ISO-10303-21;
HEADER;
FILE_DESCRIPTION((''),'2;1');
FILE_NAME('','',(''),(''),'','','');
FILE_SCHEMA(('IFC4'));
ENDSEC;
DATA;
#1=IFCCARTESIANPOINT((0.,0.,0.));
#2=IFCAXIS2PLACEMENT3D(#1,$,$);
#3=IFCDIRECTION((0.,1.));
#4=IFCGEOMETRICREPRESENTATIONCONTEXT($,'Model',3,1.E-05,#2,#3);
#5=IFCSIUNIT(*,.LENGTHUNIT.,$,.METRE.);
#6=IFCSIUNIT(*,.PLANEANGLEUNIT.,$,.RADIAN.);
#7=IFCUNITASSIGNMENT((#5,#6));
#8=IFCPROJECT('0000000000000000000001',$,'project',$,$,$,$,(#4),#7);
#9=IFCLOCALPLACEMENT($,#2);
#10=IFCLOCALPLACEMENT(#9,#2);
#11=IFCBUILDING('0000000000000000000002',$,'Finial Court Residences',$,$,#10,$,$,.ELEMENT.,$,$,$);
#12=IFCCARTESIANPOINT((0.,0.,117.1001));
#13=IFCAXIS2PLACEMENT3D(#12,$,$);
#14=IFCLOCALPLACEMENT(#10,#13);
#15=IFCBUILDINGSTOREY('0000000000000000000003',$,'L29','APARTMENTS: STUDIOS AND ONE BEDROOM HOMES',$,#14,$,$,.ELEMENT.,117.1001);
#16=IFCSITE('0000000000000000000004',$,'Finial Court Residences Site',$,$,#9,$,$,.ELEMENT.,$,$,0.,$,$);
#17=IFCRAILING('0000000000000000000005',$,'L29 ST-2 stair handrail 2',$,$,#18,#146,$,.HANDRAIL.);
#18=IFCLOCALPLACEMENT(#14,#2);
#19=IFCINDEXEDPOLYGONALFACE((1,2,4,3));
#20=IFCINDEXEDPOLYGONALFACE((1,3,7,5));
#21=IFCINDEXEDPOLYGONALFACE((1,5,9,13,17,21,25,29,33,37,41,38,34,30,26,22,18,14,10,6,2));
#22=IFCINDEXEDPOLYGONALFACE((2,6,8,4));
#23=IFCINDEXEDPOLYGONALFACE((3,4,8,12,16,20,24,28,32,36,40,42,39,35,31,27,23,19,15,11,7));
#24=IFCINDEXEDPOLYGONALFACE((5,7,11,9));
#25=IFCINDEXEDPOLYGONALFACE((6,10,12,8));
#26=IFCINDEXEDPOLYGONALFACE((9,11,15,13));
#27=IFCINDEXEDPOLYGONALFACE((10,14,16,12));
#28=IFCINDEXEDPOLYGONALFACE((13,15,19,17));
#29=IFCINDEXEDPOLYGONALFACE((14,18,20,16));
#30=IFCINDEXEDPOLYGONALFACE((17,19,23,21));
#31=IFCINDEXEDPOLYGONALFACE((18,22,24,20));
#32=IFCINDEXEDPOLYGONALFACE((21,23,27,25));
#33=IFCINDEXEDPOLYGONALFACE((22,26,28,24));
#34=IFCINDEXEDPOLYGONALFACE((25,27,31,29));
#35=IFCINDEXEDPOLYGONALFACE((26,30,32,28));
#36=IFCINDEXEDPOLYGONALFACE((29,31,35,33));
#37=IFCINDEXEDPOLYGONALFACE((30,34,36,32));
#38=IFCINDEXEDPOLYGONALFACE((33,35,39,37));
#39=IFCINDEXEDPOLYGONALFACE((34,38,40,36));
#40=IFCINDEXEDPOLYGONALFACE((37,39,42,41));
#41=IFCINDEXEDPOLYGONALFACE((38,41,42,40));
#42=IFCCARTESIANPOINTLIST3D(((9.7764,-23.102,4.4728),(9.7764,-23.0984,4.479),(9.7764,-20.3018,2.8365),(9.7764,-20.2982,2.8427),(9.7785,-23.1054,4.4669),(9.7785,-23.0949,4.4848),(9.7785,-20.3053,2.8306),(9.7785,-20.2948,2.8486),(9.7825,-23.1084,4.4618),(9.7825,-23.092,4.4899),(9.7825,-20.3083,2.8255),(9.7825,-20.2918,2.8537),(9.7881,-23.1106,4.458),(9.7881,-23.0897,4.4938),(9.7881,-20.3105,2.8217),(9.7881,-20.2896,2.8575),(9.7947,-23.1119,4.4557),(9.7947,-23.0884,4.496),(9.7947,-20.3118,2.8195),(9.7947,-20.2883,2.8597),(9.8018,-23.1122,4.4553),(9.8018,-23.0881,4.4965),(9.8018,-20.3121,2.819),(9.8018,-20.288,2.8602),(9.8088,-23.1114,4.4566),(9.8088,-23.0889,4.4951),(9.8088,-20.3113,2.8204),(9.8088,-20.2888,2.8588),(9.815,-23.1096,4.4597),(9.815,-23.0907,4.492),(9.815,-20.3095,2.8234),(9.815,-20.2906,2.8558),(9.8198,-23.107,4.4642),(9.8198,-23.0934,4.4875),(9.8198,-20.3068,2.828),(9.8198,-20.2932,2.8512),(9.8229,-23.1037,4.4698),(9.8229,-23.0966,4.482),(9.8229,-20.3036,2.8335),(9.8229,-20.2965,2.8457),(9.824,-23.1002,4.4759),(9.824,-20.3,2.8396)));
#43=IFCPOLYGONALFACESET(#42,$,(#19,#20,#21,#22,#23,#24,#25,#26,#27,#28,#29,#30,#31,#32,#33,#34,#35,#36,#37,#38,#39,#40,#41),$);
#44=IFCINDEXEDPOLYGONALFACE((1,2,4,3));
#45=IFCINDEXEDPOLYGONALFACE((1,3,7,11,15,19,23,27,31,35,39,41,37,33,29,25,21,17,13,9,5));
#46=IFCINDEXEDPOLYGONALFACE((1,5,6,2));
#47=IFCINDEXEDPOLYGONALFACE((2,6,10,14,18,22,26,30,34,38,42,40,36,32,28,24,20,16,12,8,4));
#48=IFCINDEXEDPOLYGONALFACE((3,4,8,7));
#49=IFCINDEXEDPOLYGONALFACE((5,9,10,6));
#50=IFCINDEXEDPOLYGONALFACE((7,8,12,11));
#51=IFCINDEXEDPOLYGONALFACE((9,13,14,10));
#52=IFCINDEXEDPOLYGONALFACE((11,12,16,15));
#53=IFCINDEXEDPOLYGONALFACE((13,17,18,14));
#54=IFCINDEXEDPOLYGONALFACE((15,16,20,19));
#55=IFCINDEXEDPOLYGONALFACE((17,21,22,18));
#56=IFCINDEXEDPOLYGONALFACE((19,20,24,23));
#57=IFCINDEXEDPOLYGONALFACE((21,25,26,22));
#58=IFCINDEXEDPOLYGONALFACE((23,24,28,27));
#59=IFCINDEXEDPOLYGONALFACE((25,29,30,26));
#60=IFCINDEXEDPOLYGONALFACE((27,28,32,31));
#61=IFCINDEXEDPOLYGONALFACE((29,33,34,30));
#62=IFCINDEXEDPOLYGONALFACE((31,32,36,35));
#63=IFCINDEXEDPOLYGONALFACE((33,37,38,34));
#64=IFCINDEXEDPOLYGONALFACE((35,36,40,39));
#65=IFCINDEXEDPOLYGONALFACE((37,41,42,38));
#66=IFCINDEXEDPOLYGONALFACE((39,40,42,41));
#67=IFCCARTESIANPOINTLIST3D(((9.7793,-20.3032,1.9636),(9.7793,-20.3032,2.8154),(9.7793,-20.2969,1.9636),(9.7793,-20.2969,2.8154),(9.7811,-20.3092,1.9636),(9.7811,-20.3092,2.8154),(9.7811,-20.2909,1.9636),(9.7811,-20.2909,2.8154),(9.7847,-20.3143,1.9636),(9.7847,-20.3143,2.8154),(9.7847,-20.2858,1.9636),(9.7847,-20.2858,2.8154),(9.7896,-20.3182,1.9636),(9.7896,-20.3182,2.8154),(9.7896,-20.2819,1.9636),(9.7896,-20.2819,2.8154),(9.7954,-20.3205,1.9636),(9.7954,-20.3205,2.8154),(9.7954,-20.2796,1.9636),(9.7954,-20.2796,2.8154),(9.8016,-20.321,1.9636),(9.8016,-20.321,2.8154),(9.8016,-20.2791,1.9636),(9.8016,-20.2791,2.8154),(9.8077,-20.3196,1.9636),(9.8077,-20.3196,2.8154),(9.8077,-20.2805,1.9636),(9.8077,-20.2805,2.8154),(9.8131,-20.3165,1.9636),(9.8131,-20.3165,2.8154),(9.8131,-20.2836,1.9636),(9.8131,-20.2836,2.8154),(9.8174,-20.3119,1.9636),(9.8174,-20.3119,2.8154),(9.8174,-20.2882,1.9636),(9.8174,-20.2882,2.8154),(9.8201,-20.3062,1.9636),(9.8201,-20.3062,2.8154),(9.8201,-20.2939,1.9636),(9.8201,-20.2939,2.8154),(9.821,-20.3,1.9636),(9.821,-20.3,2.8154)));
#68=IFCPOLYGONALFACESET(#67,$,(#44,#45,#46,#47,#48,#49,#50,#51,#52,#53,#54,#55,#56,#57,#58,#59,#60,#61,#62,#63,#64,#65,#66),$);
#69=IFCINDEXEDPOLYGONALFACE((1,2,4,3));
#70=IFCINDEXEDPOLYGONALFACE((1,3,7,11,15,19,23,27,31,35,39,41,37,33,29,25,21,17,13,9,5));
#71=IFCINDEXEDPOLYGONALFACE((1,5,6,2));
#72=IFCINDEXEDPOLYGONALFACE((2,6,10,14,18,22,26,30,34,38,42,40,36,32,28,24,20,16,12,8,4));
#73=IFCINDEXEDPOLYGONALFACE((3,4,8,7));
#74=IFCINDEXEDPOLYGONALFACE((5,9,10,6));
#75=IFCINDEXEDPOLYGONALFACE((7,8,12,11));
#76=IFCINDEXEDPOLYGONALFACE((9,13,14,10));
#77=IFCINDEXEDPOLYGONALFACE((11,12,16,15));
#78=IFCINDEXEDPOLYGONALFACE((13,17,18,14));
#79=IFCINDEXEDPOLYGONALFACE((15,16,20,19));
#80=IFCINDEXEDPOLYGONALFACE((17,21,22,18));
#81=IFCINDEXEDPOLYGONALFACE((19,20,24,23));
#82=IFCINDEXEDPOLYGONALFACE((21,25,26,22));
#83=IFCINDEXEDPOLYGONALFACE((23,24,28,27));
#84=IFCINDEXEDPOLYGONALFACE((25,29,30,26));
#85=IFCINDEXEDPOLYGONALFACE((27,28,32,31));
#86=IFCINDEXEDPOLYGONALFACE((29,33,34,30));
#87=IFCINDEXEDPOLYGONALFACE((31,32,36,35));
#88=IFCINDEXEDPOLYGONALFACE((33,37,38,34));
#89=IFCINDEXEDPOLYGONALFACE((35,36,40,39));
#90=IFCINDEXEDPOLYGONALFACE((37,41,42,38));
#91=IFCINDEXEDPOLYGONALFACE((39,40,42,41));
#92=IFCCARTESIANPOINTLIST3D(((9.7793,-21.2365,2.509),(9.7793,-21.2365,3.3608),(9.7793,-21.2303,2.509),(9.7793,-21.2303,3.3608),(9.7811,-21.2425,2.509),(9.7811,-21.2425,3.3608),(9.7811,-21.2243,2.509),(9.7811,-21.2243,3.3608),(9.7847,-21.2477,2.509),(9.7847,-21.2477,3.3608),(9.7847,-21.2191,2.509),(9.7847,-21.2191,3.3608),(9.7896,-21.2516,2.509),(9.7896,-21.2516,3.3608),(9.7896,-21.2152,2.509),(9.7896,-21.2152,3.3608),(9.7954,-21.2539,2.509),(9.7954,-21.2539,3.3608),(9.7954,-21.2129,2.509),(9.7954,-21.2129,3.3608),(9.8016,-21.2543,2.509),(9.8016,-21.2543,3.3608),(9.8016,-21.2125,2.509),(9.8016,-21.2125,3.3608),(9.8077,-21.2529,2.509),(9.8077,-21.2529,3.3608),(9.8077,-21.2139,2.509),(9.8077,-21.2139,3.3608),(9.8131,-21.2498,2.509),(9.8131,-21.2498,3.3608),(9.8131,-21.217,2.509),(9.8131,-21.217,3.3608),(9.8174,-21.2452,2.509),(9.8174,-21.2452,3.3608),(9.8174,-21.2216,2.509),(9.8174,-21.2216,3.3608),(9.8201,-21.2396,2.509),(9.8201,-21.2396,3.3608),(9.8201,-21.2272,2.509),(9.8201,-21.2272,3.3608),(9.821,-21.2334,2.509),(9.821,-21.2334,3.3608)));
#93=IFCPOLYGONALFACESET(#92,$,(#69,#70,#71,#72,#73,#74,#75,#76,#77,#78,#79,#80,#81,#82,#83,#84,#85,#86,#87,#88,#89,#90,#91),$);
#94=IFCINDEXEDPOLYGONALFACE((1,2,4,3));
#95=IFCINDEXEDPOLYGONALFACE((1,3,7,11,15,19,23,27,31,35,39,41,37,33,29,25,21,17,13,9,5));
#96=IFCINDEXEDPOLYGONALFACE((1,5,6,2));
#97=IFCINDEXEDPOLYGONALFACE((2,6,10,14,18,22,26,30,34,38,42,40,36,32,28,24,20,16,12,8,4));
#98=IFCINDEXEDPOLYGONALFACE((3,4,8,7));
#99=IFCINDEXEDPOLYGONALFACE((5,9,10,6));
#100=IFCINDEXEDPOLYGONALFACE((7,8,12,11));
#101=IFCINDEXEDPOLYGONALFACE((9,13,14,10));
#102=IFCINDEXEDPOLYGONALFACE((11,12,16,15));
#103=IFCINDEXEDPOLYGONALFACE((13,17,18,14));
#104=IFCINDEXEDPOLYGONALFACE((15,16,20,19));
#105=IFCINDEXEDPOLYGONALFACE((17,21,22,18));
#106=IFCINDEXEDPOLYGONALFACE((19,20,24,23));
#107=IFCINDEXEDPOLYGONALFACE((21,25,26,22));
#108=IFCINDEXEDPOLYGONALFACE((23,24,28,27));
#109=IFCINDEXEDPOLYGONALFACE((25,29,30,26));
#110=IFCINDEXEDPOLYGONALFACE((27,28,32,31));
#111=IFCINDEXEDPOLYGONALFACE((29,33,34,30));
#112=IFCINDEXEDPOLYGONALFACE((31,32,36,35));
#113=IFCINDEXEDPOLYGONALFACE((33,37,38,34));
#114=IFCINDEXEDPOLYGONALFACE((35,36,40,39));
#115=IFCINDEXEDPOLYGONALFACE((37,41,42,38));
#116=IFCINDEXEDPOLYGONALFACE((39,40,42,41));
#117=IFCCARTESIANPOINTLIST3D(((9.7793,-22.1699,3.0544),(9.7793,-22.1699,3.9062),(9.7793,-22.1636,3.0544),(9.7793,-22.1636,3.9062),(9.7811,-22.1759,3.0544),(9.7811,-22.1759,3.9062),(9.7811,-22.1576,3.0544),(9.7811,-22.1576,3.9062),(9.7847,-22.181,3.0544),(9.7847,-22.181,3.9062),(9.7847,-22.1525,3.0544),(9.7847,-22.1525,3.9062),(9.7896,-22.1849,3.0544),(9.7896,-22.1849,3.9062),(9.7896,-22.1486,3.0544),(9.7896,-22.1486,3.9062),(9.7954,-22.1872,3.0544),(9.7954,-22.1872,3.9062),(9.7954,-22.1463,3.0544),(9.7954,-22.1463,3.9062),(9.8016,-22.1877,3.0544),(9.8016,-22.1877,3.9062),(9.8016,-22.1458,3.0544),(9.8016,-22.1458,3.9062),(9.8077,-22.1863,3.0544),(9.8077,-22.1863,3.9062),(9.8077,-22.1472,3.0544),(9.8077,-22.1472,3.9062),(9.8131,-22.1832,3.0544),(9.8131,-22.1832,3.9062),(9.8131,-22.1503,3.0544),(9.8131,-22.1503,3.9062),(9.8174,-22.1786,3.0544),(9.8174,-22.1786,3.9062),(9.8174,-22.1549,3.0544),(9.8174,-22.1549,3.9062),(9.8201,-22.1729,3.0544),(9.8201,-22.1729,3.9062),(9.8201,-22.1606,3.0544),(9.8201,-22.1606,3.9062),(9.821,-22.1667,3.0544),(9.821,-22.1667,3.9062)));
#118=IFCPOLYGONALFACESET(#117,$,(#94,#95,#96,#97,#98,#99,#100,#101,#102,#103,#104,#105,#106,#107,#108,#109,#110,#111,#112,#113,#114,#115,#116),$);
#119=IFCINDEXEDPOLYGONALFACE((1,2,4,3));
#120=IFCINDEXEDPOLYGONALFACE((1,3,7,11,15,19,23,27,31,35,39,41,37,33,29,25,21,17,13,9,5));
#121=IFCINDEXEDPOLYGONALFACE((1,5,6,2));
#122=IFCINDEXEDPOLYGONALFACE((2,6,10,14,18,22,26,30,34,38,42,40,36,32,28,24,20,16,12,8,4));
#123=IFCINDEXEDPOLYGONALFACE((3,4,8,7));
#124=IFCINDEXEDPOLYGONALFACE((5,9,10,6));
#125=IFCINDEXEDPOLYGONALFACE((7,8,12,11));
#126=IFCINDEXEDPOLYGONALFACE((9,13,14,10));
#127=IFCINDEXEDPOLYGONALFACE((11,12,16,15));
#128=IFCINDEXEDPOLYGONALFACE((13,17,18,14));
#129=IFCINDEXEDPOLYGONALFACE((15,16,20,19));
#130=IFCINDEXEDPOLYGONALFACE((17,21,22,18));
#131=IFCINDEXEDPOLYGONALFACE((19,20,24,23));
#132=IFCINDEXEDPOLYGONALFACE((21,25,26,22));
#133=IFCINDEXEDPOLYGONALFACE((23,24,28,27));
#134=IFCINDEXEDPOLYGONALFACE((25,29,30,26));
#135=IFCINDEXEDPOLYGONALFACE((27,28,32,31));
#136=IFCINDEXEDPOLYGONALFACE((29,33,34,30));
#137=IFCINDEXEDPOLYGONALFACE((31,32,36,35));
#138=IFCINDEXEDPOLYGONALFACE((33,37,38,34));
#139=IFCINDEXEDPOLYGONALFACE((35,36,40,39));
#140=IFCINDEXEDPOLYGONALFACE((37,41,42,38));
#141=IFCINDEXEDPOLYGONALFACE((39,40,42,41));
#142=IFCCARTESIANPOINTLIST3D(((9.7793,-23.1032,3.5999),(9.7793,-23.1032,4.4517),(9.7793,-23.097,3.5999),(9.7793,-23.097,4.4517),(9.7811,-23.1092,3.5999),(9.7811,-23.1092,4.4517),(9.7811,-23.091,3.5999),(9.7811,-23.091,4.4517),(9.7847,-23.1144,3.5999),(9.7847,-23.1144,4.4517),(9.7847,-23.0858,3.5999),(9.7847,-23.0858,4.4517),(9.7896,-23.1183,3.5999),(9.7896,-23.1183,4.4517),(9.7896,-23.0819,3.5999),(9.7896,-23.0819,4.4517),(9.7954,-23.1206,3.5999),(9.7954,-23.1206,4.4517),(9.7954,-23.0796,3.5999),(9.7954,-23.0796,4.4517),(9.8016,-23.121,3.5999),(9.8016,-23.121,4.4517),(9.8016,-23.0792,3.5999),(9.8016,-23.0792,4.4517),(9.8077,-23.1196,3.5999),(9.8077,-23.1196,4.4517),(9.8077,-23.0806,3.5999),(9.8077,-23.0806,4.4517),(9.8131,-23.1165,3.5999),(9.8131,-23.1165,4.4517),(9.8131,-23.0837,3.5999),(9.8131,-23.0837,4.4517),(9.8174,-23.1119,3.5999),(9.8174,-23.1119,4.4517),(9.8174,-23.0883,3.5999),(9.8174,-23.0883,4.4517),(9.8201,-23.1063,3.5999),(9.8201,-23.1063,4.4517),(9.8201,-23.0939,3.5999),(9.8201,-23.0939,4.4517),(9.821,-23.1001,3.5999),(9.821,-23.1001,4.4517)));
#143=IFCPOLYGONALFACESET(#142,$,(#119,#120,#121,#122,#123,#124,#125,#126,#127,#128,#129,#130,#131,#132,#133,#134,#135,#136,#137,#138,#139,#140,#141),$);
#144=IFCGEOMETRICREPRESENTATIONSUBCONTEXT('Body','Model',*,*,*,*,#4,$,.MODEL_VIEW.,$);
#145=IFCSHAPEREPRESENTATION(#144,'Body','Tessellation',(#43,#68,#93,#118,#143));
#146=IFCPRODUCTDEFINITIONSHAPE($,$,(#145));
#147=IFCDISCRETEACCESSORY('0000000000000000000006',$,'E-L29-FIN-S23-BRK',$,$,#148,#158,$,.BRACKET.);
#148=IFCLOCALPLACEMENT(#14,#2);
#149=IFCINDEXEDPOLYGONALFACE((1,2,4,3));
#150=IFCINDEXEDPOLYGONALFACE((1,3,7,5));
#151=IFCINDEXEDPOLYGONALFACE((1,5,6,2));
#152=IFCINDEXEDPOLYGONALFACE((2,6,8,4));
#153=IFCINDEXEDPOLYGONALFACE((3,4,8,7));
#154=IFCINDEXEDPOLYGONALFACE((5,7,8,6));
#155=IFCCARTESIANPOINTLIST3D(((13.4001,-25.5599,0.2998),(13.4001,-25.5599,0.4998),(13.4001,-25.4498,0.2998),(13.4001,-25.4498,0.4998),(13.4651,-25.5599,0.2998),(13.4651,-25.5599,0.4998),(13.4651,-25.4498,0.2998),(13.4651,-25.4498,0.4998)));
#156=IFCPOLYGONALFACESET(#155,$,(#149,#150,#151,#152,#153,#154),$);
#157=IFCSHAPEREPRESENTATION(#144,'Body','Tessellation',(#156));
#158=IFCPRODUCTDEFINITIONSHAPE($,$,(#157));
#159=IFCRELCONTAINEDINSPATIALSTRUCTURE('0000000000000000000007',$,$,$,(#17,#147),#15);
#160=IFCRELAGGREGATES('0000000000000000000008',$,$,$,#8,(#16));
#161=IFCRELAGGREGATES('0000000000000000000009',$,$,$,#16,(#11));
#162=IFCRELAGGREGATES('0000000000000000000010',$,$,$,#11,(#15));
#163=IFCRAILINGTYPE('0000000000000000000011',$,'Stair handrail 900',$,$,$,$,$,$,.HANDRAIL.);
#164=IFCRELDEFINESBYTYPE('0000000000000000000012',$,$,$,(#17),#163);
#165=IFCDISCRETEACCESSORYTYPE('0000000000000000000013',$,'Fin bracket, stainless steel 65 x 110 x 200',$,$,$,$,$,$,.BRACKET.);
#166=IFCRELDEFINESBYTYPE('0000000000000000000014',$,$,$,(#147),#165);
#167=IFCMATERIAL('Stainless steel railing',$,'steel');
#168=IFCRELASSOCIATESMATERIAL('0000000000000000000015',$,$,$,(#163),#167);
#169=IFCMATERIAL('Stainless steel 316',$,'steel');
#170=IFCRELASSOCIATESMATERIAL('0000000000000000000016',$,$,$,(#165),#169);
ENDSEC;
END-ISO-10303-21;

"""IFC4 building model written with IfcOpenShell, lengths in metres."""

from ifc_helpers import new_model, si_unit, direction, frame, origin, origin_2d, place, context, subcontext, project, spatial, rectangle, circle, extrude, material, type_object, element, save


model = new_model("IFC4")

# Units and contexts
model_context = context("Model", 3, precision=1e-05, world=origin(), true_north=direction((0.0, 1.0)))
body_context = subcontext(model_context, "Body", "Model", "MODEL_VIEW")
ifc_project = project(units=[si_unit("LENGTHUNIT", "METRE"), si_unit("PLANEANGLEUNIT", "RADIAN")], contexts=[model_context])

# Site, building, storey
site_placement = place(None, origin())
site = spatial("IfcSite", under=ifc_project, at=site_placement, Name="Finial Court Residences Site", CompositionType="ELEMENT", RefElevation=0.0)
building_placement = place(site_placement, origin())
building = spatial("IfcBuilding", under=site, at=building_placement, Name="Finial Court Residences", CompositionType="ELEMENT")
storey_placement = place(building_placement, frame((0.0, 0.0, 117.1001)))
storey = spatial("IfcBuildingStorey", under=building, at=storey_placement, Name="L29", Description="APARTMENTS: STUDIOS AND ONE BEDROOM HOMES", CompositionType="ELEMENT", Elevation=117.1001)

# Railing
ifc_material_1 = material(Name="Stainless steel railing", Category="steel")
railing_type_1 = type_object("IfcRailingType", Name="Stair handrail 900", PredefinedType="HANDRAIL", material=ifc_material_1)
railing_1_placement = place(storey_placement, frame((9.8, -20.3, 1.9636)))
element("IfcRailing", 1, at=railing_1_placement, inside=storey, type_object=railing_type_1, Name="L29 ST-2 stair handrail 2", PredefinedType="HANDRAIL", context=body_context, shape_type="SweptSolid", body=[
    extrude(circle(Radius=0.0239, at=origin_2d()), frame((0.0, 0.0, 0.876), z_axis=(0.0, -0.863394, 0.504531), x_axis=(1.0, 0.0, 0.0)), (0.0, 0.0, 1.0), 3.2432),
    extrude(circle(Radius=0.021, at=origin_2d()), origin(), (0.0, 0.0, 1.0), 0.8518),
    extrude(circle(Radius=0.021, at=origin_2d()), frame((0.0, -0.9333, 0.5454)), (0.0, 0.0, 1.0), 0.8518),
    extrude(circle(Radius=0.021, at=origin_2d()), frame((0.0, -1.8667, 1.0908)), (0.0, 0.0, 1.0), 0.8518),
    extrude(circle(Radius=0.021, at=origin_2d()), frame((0.0, -2.8, 1.6362)), (0.0, 0.0, 1.0), 0.8518),
])

# Discrete accessory
ifc_material_2 = material(Name="Stainless steel 316", Category="steel")
discrete_accessory_type = type_object("IfcDiscreteAccessoryType", Name="Fin bracket, stainless steel 65 x 110 x 200", PredefinedType="BRACKET", material=ifc_material_2)
discrete_accessory_placement = place(storey_placement, frame((13.4326, -25.5049, 0.2998), z_axis=(0.0, 0.0, 1.0), x_axis=(1.0, 0.0, 0.0)))
element("IfcDiscreteAccessory", 2, at=discrete_accessory_placement, inside=storey, type_object=discrete_accessory_type, Name="E-L29-FIN-S23-BRK", PredefinedType="BRACKET", context=body_context, shape_type="SweptSolid", body=[
    extrude(rectangle(XDim=0.0649, YDim=0.1101, at=origin_2d()), origin(), (0.0, 0.0, 1.0), 0.2),
])

save(model, "model.ifc")
